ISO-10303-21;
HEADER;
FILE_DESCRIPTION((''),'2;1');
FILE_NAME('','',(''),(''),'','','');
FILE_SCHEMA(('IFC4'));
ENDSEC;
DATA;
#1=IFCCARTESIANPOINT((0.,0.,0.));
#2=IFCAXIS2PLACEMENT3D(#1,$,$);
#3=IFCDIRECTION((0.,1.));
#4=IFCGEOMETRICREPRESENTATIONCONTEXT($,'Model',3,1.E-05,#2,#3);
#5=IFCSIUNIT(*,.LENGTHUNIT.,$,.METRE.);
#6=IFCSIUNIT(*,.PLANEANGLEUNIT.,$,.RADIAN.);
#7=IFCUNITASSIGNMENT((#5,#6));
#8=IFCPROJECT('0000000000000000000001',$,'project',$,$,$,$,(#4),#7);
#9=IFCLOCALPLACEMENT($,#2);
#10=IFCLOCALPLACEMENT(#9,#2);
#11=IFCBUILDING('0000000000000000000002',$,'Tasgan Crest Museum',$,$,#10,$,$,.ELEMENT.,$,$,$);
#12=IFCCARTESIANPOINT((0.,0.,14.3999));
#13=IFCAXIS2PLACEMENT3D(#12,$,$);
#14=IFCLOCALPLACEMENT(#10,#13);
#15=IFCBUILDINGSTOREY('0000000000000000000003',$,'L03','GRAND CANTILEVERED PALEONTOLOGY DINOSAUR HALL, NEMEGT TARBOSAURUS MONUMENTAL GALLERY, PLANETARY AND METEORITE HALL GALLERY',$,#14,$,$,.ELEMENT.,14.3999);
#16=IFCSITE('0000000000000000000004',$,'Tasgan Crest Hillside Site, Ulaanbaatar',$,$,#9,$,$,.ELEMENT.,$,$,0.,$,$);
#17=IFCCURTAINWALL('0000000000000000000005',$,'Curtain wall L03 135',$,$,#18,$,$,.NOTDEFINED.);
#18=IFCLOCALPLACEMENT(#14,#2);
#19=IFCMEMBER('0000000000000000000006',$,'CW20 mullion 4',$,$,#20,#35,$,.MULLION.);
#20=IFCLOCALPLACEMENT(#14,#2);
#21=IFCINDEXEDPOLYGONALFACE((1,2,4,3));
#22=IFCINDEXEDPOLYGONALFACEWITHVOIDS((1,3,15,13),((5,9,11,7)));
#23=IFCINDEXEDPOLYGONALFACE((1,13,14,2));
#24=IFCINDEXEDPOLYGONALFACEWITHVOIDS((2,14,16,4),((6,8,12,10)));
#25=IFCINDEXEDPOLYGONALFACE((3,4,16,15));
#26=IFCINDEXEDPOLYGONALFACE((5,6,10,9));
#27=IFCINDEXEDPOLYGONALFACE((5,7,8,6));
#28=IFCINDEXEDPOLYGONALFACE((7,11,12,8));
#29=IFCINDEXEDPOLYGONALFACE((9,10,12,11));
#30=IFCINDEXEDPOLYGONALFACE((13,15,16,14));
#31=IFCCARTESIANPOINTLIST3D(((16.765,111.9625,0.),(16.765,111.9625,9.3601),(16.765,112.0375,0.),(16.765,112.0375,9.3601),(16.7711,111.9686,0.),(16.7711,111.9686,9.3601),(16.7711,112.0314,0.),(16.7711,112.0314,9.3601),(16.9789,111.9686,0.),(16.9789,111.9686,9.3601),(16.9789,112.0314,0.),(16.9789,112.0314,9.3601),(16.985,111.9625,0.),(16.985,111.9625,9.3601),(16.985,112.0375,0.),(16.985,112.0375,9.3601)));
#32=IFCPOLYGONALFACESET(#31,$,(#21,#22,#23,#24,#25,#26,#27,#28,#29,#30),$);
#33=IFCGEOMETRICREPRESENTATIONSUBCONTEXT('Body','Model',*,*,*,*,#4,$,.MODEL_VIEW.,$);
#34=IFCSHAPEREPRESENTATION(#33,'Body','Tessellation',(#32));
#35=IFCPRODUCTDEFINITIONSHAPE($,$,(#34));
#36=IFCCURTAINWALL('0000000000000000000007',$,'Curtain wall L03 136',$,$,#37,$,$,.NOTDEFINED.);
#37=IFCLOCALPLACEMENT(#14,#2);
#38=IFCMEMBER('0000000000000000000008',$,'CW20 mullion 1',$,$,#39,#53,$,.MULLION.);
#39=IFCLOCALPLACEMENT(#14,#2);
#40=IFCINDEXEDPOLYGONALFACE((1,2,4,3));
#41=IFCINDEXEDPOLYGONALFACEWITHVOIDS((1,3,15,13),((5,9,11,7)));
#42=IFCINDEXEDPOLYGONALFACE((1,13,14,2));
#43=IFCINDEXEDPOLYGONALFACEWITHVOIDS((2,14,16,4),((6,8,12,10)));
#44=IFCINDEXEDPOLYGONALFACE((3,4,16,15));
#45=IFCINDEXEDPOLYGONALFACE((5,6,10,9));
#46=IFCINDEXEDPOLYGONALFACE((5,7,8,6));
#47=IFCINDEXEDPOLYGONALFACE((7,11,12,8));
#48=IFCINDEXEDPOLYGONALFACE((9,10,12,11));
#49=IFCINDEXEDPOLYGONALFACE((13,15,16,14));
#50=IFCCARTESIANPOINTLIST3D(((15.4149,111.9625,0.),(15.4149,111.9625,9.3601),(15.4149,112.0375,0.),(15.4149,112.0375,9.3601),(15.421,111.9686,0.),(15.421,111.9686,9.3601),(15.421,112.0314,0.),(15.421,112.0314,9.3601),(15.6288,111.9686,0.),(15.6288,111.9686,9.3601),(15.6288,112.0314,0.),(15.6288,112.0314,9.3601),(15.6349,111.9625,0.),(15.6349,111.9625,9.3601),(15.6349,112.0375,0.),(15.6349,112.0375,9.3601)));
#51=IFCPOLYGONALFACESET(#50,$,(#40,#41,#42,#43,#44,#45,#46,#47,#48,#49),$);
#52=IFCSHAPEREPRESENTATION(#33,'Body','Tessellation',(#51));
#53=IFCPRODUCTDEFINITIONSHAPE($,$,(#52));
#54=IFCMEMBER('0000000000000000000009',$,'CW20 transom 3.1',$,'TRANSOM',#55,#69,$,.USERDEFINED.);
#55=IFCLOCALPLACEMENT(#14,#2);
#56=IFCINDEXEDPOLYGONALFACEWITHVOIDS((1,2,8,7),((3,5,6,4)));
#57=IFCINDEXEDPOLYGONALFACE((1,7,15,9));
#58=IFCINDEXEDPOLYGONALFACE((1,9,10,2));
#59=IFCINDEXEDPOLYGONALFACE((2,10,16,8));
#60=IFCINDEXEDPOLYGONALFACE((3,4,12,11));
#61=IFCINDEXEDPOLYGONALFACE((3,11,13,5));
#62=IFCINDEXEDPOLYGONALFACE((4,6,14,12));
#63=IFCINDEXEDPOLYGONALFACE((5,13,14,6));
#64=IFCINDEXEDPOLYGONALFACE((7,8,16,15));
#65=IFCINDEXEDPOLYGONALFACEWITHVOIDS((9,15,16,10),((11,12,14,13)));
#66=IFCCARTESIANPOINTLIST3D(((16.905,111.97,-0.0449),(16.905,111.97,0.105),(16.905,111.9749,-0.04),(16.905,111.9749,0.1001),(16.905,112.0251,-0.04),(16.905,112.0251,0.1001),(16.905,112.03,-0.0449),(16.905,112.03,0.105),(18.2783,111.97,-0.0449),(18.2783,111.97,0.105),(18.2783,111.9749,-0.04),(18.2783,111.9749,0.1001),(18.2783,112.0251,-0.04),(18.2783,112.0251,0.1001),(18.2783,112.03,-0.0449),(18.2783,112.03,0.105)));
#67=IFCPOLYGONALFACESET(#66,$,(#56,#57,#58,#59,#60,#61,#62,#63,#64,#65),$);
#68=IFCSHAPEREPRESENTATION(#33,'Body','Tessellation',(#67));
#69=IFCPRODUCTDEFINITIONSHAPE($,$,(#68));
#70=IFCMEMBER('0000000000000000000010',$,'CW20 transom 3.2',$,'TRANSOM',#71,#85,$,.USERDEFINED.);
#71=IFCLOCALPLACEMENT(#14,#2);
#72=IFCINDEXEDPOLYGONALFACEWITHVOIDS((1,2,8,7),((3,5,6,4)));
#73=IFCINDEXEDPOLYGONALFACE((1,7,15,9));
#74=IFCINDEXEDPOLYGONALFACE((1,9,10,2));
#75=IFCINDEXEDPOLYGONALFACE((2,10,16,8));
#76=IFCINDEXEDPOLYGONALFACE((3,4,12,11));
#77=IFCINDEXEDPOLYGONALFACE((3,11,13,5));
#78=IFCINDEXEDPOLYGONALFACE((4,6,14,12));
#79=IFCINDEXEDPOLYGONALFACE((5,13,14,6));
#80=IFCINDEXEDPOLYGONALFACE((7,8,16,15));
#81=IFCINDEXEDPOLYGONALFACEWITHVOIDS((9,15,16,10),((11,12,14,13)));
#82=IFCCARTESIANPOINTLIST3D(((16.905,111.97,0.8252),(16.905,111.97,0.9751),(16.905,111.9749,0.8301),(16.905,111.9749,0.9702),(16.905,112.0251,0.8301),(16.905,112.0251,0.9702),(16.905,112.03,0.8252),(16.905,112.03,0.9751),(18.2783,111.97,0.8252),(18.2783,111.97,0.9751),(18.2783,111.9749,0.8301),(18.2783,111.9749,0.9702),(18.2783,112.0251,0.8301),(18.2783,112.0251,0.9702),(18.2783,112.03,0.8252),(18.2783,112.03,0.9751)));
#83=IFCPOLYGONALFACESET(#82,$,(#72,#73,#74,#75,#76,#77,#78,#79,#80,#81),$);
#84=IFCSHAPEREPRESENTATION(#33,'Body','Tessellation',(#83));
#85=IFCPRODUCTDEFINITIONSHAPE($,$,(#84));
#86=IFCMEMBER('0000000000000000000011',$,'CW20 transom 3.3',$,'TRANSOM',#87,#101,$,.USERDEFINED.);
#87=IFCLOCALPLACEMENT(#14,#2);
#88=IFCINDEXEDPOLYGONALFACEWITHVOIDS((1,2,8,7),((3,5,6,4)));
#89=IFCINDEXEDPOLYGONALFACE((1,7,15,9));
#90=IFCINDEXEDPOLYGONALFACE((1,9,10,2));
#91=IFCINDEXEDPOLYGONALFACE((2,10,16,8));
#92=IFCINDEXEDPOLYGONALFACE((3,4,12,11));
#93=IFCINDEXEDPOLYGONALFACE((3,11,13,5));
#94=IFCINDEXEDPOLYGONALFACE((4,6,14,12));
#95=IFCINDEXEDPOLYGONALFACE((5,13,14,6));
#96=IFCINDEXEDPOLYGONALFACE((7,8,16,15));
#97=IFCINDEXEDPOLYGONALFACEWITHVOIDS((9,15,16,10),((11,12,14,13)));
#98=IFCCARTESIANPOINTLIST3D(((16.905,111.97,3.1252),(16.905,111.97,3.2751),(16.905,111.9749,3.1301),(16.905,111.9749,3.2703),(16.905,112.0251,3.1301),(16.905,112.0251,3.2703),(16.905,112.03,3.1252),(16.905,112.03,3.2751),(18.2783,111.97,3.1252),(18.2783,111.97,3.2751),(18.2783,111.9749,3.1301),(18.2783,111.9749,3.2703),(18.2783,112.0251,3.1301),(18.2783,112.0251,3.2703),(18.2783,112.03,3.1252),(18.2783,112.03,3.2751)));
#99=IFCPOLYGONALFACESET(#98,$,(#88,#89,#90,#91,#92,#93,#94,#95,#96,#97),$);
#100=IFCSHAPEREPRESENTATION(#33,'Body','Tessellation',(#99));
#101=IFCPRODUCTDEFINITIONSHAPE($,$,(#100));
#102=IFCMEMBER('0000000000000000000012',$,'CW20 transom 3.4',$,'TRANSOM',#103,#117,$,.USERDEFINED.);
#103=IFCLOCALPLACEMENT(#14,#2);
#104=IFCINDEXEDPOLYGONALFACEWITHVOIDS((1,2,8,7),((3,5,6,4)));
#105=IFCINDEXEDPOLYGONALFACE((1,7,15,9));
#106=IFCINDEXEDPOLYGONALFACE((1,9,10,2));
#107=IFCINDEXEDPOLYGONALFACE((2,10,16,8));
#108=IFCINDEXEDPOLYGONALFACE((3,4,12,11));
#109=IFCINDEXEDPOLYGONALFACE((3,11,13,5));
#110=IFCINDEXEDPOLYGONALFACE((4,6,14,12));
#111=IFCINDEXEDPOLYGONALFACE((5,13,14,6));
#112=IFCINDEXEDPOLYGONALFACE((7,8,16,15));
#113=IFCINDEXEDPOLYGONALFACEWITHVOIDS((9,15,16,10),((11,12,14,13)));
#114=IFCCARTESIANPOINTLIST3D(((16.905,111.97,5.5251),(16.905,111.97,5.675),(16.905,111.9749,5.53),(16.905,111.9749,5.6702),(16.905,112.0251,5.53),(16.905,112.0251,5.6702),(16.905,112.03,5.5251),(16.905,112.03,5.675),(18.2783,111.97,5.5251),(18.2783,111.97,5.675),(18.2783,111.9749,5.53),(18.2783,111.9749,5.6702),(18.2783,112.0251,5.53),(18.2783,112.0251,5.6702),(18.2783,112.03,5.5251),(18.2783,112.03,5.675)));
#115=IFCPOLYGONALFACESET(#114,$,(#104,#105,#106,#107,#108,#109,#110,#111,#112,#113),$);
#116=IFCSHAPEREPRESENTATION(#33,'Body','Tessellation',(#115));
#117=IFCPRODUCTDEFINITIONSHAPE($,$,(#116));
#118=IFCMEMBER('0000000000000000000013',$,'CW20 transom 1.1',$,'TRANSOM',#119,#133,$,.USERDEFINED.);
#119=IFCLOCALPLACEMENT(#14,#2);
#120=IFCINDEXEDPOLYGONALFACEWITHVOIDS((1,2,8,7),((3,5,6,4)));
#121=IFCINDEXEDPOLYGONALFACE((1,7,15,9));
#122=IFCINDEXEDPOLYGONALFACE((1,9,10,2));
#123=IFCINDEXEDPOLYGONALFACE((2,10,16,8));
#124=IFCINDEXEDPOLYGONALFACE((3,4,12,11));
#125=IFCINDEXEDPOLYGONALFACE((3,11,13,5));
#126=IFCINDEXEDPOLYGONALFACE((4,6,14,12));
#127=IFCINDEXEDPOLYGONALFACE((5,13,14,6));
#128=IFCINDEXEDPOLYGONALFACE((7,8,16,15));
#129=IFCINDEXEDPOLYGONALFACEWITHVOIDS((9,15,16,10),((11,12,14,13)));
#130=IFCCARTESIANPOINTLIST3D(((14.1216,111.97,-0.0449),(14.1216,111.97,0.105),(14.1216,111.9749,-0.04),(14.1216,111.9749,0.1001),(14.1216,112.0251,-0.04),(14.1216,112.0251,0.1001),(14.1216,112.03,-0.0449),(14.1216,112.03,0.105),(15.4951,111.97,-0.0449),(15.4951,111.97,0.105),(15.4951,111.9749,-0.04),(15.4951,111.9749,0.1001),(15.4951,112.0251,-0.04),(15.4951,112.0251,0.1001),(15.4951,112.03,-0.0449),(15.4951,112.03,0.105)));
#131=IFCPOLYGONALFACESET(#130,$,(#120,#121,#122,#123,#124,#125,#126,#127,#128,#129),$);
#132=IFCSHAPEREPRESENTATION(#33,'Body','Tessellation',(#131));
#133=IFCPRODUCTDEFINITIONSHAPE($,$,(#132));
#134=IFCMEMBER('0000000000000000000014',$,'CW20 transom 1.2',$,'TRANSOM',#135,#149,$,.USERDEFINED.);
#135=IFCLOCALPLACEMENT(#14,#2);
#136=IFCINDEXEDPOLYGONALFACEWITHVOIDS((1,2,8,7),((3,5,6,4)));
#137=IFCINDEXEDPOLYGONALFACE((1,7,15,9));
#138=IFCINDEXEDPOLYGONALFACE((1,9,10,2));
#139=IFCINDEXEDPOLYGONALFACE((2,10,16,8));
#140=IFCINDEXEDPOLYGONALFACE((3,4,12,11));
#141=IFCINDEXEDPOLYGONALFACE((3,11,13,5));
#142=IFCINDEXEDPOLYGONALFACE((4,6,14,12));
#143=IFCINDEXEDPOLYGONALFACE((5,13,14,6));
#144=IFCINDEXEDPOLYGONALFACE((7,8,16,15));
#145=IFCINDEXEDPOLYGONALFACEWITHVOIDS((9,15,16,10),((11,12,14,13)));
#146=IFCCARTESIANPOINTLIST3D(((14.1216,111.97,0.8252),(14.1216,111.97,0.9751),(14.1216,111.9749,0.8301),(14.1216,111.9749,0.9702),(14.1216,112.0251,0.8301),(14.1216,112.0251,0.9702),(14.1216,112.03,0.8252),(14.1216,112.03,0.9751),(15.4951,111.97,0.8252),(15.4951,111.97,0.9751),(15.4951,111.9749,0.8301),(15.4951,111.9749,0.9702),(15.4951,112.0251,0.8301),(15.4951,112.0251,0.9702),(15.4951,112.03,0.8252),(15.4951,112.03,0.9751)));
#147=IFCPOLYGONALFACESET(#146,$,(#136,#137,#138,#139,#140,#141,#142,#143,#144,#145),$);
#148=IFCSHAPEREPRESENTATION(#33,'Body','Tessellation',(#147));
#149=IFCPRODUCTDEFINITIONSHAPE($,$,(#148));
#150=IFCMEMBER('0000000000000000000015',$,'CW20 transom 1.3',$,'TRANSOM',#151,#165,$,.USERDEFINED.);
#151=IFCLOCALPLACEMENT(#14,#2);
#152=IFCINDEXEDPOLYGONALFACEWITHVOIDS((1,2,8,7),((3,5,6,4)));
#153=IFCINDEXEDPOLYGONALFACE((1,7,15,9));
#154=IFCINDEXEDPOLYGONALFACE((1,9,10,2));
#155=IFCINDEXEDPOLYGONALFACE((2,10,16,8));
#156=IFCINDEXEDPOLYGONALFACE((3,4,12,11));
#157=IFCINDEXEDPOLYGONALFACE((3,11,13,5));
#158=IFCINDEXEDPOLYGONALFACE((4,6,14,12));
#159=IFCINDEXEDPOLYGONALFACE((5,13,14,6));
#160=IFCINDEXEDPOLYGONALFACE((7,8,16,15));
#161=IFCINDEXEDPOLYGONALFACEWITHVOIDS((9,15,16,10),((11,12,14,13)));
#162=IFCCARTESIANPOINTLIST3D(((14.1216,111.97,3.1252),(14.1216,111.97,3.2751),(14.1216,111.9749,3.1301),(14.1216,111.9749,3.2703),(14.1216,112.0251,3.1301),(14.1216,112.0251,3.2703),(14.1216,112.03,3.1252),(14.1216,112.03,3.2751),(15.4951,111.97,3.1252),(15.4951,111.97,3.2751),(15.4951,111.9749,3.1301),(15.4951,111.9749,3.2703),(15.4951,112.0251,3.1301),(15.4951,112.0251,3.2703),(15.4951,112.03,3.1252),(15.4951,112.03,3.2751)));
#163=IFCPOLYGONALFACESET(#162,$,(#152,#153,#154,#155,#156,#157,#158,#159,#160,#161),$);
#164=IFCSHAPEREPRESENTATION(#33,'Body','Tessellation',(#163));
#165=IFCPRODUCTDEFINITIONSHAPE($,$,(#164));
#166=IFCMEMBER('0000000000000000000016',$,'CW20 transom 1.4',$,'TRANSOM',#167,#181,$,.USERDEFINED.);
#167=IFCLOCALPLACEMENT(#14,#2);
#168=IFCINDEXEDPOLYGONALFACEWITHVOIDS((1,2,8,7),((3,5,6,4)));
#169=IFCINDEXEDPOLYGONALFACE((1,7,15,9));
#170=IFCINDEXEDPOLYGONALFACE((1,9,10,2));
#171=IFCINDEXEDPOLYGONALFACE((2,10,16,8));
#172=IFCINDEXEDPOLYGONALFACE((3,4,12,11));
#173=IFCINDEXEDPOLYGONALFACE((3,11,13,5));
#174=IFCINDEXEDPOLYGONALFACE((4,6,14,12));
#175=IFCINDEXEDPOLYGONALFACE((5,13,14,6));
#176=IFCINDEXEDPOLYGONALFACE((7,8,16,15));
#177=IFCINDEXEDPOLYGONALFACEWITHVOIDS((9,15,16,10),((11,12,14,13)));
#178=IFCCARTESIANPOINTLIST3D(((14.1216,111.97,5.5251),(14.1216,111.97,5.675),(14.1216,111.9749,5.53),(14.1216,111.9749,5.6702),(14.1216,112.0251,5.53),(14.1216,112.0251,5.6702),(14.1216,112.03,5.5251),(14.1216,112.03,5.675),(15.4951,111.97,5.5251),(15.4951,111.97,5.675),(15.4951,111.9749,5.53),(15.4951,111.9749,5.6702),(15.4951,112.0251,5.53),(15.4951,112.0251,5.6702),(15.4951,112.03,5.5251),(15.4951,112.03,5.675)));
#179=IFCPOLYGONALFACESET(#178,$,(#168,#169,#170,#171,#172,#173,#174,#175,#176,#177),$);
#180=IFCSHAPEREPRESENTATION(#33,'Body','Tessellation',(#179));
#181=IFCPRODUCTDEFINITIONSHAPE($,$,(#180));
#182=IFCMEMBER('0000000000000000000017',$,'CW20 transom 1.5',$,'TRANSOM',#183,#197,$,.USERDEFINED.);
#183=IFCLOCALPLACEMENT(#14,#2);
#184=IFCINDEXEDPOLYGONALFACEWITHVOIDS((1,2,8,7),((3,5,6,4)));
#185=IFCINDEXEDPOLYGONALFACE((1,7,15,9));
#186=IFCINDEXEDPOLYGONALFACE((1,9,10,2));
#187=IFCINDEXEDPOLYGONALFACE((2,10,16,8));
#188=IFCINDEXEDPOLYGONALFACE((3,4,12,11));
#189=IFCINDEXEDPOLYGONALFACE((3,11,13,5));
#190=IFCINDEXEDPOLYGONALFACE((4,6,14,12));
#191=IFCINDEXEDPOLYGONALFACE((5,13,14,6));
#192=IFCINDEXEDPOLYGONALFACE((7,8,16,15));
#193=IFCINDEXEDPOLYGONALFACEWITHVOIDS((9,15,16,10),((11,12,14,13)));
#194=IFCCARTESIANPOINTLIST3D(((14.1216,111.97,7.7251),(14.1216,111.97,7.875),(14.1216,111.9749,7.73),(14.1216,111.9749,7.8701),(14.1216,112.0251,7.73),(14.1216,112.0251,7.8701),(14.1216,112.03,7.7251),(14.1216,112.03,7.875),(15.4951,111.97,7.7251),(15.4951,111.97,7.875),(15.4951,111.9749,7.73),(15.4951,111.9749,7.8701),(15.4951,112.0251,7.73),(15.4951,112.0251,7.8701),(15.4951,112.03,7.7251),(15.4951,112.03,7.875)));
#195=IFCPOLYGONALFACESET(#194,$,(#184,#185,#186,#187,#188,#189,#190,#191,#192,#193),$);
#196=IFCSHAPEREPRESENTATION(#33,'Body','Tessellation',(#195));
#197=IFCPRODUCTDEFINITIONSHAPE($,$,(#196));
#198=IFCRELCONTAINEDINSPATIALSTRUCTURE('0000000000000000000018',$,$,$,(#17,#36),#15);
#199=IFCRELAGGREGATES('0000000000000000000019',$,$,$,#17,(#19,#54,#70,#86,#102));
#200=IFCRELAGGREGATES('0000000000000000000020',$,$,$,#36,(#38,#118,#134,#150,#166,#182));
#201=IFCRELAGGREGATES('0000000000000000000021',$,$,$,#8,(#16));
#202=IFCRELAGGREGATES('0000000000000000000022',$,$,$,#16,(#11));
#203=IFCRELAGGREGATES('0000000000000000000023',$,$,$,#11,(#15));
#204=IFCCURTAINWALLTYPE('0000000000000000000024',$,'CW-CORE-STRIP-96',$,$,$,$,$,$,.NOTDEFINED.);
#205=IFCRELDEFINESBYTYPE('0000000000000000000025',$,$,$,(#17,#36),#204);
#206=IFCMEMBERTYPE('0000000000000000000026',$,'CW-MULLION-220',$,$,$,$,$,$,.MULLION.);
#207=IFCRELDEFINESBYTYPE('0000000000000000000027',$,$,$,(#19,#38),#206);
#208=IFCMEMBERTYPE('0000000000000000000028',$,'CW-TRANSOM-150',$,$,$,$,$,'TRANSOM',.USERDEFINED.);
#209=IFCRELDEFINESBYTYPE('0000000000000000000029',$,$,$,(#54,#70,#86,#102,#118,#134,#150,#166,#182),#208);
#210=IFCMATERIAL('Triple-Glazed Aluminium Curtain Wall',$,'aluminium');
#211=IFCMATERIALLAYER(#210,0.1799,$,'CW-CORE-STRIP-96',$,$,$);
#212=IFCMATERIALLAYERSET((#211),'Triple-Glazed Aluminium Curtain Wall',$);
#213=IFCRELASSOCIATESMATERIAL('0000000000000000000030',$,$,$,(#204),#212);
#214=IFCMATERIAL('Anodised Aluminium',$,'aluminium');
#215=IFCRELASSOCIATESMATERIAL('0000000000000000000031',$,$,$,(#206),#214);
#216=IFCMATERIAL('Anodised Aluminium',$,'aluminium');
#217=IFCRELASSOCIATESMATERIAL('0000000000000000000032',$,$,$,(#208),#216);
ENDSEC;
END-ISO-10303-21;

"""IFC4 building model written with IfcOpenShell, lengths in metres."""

from ifc_helpers import new_model, si_unit, direction, frame, origin, origin_2d, place, context, subcontext, project, spatial, hollow_rectangle, extrude, material, layer, layer_set, material_profile, profile_set, type_object, element, aggregate, save


model = new_model("IFC4")

# Units and contexts
model_context = context("Model", 3, precision=1e-05, world=origin(), true_north=direction((0.0, 1.0)))
body_context = subcontext(model_context, "Body", "Model", "MODEL_VIEW")
ifc_project = project(units=[si_unit("LENGTHUNIT", "METRE"), si_unit("PLANEANGLEUNIT", "RADIAN")], contexts=[model_context])

# Site, building, storey
site_placement = place(None, origin())
site = spatial("IfcSite", under=ifc_project, at=site_placement, Name="Tasgan Crest Hillside Site, Ulaanbaatar", CompositionType="ELEMENT", RefElevation=0.0)
building_placement = place(site_placement, origin())
building = spatial("IfcBuilding", under=site, at=building_placement, Name="Tasgan Crest Museum", CompositionType="ELEMENT")
storey_placement = place(building_placement, frame((0.0, 0.0, 14.3999)))
storey = spatial("IfcBuildingStorey", under=building, at=storey_placement, Name="L03", Description="GRAND CANTILEVERED PALEONTOLOGY DINOSAUR HALL, NEMEGT TARBOSAURUS MONUMENTAL GALLERY, PLANETARY AND METEORITE HALL GALLERY", CompositionType="ELEMENT", Elevation=14.3999)

# Curtain walls, members
ifc_material_1 = material(Name="Triple-Glazed Aluminium Curtain Wall", Category="aluminium")
ifc_layer_1 = layer(ifc_material_1, 0.1799, Name="CW-CORE-STRIP-96")
ifc_layer_set_1 = layer_set([ifc_layer_1], Name="Triple-Glazed Aluminium Curtain Wall")
curtain_wall_type = type_object("IfcCurtainWallType", Name="CW-CORE-STRIP-96", PredefinedType="NOTDEFINED", material=ifc_layer_set_1)
curtain_wall_1_placement = place(storey_placement, origin())
curtain_wall_1 = element("IfcCurtainWall", 1, at=curtain_wall_1_placement, inside=storey, type_object=curtain_wall_type, Name="Curtain wall L03 135", PredefinedType="NOTDEFINED")
ifc_material_2 = material(Name="Anodised Aluminium", Category="aluminium")
ifc_material_profile_1 = material_profile(ifc_material_2, hollow_rectangle(XDim=0.075, YDim=0.22, WallThickness=0.0061, at=origin_2d()), Name="ALU MULLION 220x75x6")
ifc_profile_set_1 = profile_set([ifc_material_profile_1], Name="Anodised Aluminium")
member_type_1 = type_object("IfcMemberType", Name="CW-MULLION-220", PredefinedType="MULLION", material=ifc_profile_set_1)
member_1_placement = place(storey_placement, frame((16.875, 112.0, 0.0), z_axis=(0.0, 0.0, 1.0), x_axis=(0.0, -1.0, 0.0)))
member_1 = element("IfcMember", 2, at=member_1_placement, type_object=member_type_1, Name="CW20 mullion 4", PredefinedType="MULLION", context=body_context, shape_type="SweptSolid", body=[
    extrude(hollow_rectangle(XDim=0.075, YDim=0.22, WallThickness=0.0061, at=origin_2d()), origin(), (0.0, 0.0, 1.0), 9.3601),
])
curtain_wall_2_placement = place(storey_placement, origin())
curtain_wall_2 = element("IfcCurtainWall", 3, at=curtain_wall_2_placement, inside=storey, type_object=curtain_wall_type, Name="Curtain wall L03 136", PredefinedType="NOTDEFINED")
member_2_placement = place(storey_placement, frame((15.5249, 112.0, 0.0), z_axis=(0.0, 0.0, 1.0), x_axis=(0.0, -1.0, 0.0)))
member_2 = element("IfcMember", 4, at=member_2_placement, type_object=member_type_1, Name="CW20 mullion 1", PredefinedType="MULLION", context=body_context, shape_type="SweptSolid", body=[
    extrude(hollow_rectangle(XDim=0.075, YDim=0.22, WallThickness=0.0061, at=origin_2d()), origin(), (0.0, 0.0, 1.0), 9.3601),
])

# Members
ifc_material_3 = material(Name="Anodised Aluminium", Category="aluminium")
ifc_material_profile_2 = material_profile(ifc_material_3, hollow_rectangle(XDim=0.0601, YDim=0.1499, WallThickness=0.0049, at=origin_2d()), Name="ALU TRANSOM 150x60x5")
ifc_profile_set_2 = profile_set([ifc_material_profile_2], Name="Anodised Aluminium")
member_type_2 = type_object("IfcMemberType", Name="CW-TRANSOM-150", ElementType="TRANSOM", PredefinedType="USERDEFINED", material=ifc_profile_set_2)
member_3_placement = place(storey_placement, frame((18.2783, 112.0, 0.03), z_axis=(-1.0, 0.0, 0.0), x_axis=(0.0, -1.0, 0.0)))
member_3 = element("IfcMember", 5, at=member_3_placement, type_object=member_type_2, Name="CW20 transom 3.1", ObjectType="TRANSOM", PredefinedType="USERDEFINED", context=body_context, shape_type="SweptSolid", body=[
    extrude(hollow_rectangle(XDim=0.0601, YDim=0.1499, WallThickness=0.0049, at=origin_2d()), origin(), (0.0, 0.0, 1.0), 1.3733),
])
member_4_placement = place(storey_placement, frame((18.2783, 112.0, 0.9001), z_axis=(-1.0, 0.0, 0.0), x_axis=(0.0, -1.0, 0.0)))
member_4 = element("IfcMember", 6, at=member_4_placement, type_object=member_type_2, Name="CW20 transom 3.2", ObjectType="TRANSOM", PredefinedType="USERDEFINED", context=body_context, shape_type="SweptSolid", body=[
    extrude(hollow_rectangle(XDim=0.0601, YDim=0.1499, WallThickness=0.0049, at=origin_2d()), origin(), (0.0, 0.0, 1.0), 1.3733),
])
member_5_placement = place(storey_placement, frame((18.2783, 112.0, 3.2002), z_axis=(-1.0, 0.0, 0.0), x_axis=(0.0, -1.0, 0.0)))
member_5 = element("IfcMember", 7, at=member_5_placement, type_object=member_type_2, Name="CW20 transom 3.3", ObjectType="TRANSOM", PredefinedType="USERDEFINED", context=body_context, shape_type="SweptSolid", body=[
    extrude(hollow_rectangle(XDim=0.0601, YDim=0.1499, WallThickness=0.0049, at=origin_2d()), origin(), (0.0, 0.0, 1.0), 1.3733),
])
member_6_placement = place(storey_placement, frame((18.2783, 112.0, 5.6001), z_axis=(-1.0, 0.0, 0.0), x_axis=(0.0, -1.0, 0.0)))
member_6 = element("IfcMember", 8, at=member_6_placement, type_object=member_type_2, Name="CW20 transom 3.4", ObjectType="TRANSOM", PredefinedType="USERDEFINED", context=body_context, shape_type="SweptSolid", body=[
    extrude(hollow_rectangle(XDim=0.0601, YDim=0.1499, WallThickness=0.0049, at=origin_2d()), origin(), (0.0, 0.0, 1.0), 1.3733),
])
member_7_placement = place(storey_placement, frame((15.4951, 112.0, 0.03), z_axis=(-1.0, 0.0, 0.0), x_axis=(0.0, -1.0, 0.0)))
member_7 = element("IfcMember", 9, at=member_7_placement, type_object=member_type_2, Name="CW20 transom 1.1", ObjectType="TRANSOM", PredefinedType="USERDEFINED", context=body_context, shape_type="SweptSolid", body=[
    extrude(hollow_rectangle(XDim=0.0601, YDim=0.1499, WallThickness=0.0049, at=origin_2d()), origin(), (0.0, 0.0, 1.0), 1.3735),
])
member_8_placement = place(storey_placement, frame((15.4951, 112.0, 0.9001), z_axis=(-1.0, 0.0, 0.0), x_axis=(0.0, -1.0, 0.0)))
member_8 = element("IfcMember", 10, at=member_8_placement, type_object=member_type_2, Name="CW20 transom 1.2", ObjectType="TRANSOM", PredefinedType="USERDEFINED", context=body_context, shape_type="SweptSolid", body=[
    extrude(hollow_rectangle(XDim=0.0601, YDim=0.1499, WallThickness=0.0049, at=origin_2d()), origin(), (0.0, 0.0, 1.0), 1.3735),
])
member_9_placement = place(storey_placement, frame((15.4951, 112.0, 3.2002), z_axis=(-1.0, 0.0, 0.0), x_axis=(0.0, -1.0, 0.0)))
member_9 = element("IfcMember", 11, at=member_9_placement, type_object=member_type_2, Name="CW20 transom 1.3", ObjectType="TRANSOM", PredefinedType="USERDEFINED", context=body_context, shape_type="SweptSolid", body=[
    extrude(hollow_rectangle(XDim=0.0601, YDim=0.1499, WallThickness=0.0049, at=origin_2d()), origin(), (0.0, 0.0, 1.0), 1.3735),
])
member_10_placement = place(storey_placement, frame((15.4951, 112.0, 5.6001), z_axis=(-1.0, 0.0, 0.0), x_axis=(0.0, -1.0, 0.0)))
member_10 = element("IfcMember", 12, at=member_10_placement, type_object=member_type_2, Name="CW20 transom 1.4", ObjectType="TRANSOM", PredefinedType="USERDEFINED", context=body_context, shape_type="SweptSolid", body=[
    extrude(hollow_rectangle(XDim=0.0601, YDim=0.1499, WallThickness=0.0049, at=origin_2d()), origin(), (0.0, 0.0, 1.0), 1.3735),
])
member_11_placement = place(storey_placement, frame((15.4951, 112.0, 7.8), z_axis=(-1.0, 0.0, 0.0), x_axis=(0.0, -1.0, 0.0)))
member_11 = element("IfcMember", 13, at=member_11_placement, type_object=member_type_2, Name="CW20 transom 1.5", ObjectType="TRANSOM", PredefinedType="USERDEFINED", context=body_context, shape_type="SweptSolid", body=[
    extrude(hollow_rectangle(XDim=0.0601, YDim=0.1499, WallThickness=0.0049, at=origin_2d()), origin(), (0.0, 0.0, 1.0), 1.3735),
])

aggregate(curtain_wall_1, [member_1, member_3, member_4, member_5, member_6])
aggregate(curtain_wall_2, [member_2, member_7, member_8, member_9, member_10, member_11])

save(model, "model.ifc")
